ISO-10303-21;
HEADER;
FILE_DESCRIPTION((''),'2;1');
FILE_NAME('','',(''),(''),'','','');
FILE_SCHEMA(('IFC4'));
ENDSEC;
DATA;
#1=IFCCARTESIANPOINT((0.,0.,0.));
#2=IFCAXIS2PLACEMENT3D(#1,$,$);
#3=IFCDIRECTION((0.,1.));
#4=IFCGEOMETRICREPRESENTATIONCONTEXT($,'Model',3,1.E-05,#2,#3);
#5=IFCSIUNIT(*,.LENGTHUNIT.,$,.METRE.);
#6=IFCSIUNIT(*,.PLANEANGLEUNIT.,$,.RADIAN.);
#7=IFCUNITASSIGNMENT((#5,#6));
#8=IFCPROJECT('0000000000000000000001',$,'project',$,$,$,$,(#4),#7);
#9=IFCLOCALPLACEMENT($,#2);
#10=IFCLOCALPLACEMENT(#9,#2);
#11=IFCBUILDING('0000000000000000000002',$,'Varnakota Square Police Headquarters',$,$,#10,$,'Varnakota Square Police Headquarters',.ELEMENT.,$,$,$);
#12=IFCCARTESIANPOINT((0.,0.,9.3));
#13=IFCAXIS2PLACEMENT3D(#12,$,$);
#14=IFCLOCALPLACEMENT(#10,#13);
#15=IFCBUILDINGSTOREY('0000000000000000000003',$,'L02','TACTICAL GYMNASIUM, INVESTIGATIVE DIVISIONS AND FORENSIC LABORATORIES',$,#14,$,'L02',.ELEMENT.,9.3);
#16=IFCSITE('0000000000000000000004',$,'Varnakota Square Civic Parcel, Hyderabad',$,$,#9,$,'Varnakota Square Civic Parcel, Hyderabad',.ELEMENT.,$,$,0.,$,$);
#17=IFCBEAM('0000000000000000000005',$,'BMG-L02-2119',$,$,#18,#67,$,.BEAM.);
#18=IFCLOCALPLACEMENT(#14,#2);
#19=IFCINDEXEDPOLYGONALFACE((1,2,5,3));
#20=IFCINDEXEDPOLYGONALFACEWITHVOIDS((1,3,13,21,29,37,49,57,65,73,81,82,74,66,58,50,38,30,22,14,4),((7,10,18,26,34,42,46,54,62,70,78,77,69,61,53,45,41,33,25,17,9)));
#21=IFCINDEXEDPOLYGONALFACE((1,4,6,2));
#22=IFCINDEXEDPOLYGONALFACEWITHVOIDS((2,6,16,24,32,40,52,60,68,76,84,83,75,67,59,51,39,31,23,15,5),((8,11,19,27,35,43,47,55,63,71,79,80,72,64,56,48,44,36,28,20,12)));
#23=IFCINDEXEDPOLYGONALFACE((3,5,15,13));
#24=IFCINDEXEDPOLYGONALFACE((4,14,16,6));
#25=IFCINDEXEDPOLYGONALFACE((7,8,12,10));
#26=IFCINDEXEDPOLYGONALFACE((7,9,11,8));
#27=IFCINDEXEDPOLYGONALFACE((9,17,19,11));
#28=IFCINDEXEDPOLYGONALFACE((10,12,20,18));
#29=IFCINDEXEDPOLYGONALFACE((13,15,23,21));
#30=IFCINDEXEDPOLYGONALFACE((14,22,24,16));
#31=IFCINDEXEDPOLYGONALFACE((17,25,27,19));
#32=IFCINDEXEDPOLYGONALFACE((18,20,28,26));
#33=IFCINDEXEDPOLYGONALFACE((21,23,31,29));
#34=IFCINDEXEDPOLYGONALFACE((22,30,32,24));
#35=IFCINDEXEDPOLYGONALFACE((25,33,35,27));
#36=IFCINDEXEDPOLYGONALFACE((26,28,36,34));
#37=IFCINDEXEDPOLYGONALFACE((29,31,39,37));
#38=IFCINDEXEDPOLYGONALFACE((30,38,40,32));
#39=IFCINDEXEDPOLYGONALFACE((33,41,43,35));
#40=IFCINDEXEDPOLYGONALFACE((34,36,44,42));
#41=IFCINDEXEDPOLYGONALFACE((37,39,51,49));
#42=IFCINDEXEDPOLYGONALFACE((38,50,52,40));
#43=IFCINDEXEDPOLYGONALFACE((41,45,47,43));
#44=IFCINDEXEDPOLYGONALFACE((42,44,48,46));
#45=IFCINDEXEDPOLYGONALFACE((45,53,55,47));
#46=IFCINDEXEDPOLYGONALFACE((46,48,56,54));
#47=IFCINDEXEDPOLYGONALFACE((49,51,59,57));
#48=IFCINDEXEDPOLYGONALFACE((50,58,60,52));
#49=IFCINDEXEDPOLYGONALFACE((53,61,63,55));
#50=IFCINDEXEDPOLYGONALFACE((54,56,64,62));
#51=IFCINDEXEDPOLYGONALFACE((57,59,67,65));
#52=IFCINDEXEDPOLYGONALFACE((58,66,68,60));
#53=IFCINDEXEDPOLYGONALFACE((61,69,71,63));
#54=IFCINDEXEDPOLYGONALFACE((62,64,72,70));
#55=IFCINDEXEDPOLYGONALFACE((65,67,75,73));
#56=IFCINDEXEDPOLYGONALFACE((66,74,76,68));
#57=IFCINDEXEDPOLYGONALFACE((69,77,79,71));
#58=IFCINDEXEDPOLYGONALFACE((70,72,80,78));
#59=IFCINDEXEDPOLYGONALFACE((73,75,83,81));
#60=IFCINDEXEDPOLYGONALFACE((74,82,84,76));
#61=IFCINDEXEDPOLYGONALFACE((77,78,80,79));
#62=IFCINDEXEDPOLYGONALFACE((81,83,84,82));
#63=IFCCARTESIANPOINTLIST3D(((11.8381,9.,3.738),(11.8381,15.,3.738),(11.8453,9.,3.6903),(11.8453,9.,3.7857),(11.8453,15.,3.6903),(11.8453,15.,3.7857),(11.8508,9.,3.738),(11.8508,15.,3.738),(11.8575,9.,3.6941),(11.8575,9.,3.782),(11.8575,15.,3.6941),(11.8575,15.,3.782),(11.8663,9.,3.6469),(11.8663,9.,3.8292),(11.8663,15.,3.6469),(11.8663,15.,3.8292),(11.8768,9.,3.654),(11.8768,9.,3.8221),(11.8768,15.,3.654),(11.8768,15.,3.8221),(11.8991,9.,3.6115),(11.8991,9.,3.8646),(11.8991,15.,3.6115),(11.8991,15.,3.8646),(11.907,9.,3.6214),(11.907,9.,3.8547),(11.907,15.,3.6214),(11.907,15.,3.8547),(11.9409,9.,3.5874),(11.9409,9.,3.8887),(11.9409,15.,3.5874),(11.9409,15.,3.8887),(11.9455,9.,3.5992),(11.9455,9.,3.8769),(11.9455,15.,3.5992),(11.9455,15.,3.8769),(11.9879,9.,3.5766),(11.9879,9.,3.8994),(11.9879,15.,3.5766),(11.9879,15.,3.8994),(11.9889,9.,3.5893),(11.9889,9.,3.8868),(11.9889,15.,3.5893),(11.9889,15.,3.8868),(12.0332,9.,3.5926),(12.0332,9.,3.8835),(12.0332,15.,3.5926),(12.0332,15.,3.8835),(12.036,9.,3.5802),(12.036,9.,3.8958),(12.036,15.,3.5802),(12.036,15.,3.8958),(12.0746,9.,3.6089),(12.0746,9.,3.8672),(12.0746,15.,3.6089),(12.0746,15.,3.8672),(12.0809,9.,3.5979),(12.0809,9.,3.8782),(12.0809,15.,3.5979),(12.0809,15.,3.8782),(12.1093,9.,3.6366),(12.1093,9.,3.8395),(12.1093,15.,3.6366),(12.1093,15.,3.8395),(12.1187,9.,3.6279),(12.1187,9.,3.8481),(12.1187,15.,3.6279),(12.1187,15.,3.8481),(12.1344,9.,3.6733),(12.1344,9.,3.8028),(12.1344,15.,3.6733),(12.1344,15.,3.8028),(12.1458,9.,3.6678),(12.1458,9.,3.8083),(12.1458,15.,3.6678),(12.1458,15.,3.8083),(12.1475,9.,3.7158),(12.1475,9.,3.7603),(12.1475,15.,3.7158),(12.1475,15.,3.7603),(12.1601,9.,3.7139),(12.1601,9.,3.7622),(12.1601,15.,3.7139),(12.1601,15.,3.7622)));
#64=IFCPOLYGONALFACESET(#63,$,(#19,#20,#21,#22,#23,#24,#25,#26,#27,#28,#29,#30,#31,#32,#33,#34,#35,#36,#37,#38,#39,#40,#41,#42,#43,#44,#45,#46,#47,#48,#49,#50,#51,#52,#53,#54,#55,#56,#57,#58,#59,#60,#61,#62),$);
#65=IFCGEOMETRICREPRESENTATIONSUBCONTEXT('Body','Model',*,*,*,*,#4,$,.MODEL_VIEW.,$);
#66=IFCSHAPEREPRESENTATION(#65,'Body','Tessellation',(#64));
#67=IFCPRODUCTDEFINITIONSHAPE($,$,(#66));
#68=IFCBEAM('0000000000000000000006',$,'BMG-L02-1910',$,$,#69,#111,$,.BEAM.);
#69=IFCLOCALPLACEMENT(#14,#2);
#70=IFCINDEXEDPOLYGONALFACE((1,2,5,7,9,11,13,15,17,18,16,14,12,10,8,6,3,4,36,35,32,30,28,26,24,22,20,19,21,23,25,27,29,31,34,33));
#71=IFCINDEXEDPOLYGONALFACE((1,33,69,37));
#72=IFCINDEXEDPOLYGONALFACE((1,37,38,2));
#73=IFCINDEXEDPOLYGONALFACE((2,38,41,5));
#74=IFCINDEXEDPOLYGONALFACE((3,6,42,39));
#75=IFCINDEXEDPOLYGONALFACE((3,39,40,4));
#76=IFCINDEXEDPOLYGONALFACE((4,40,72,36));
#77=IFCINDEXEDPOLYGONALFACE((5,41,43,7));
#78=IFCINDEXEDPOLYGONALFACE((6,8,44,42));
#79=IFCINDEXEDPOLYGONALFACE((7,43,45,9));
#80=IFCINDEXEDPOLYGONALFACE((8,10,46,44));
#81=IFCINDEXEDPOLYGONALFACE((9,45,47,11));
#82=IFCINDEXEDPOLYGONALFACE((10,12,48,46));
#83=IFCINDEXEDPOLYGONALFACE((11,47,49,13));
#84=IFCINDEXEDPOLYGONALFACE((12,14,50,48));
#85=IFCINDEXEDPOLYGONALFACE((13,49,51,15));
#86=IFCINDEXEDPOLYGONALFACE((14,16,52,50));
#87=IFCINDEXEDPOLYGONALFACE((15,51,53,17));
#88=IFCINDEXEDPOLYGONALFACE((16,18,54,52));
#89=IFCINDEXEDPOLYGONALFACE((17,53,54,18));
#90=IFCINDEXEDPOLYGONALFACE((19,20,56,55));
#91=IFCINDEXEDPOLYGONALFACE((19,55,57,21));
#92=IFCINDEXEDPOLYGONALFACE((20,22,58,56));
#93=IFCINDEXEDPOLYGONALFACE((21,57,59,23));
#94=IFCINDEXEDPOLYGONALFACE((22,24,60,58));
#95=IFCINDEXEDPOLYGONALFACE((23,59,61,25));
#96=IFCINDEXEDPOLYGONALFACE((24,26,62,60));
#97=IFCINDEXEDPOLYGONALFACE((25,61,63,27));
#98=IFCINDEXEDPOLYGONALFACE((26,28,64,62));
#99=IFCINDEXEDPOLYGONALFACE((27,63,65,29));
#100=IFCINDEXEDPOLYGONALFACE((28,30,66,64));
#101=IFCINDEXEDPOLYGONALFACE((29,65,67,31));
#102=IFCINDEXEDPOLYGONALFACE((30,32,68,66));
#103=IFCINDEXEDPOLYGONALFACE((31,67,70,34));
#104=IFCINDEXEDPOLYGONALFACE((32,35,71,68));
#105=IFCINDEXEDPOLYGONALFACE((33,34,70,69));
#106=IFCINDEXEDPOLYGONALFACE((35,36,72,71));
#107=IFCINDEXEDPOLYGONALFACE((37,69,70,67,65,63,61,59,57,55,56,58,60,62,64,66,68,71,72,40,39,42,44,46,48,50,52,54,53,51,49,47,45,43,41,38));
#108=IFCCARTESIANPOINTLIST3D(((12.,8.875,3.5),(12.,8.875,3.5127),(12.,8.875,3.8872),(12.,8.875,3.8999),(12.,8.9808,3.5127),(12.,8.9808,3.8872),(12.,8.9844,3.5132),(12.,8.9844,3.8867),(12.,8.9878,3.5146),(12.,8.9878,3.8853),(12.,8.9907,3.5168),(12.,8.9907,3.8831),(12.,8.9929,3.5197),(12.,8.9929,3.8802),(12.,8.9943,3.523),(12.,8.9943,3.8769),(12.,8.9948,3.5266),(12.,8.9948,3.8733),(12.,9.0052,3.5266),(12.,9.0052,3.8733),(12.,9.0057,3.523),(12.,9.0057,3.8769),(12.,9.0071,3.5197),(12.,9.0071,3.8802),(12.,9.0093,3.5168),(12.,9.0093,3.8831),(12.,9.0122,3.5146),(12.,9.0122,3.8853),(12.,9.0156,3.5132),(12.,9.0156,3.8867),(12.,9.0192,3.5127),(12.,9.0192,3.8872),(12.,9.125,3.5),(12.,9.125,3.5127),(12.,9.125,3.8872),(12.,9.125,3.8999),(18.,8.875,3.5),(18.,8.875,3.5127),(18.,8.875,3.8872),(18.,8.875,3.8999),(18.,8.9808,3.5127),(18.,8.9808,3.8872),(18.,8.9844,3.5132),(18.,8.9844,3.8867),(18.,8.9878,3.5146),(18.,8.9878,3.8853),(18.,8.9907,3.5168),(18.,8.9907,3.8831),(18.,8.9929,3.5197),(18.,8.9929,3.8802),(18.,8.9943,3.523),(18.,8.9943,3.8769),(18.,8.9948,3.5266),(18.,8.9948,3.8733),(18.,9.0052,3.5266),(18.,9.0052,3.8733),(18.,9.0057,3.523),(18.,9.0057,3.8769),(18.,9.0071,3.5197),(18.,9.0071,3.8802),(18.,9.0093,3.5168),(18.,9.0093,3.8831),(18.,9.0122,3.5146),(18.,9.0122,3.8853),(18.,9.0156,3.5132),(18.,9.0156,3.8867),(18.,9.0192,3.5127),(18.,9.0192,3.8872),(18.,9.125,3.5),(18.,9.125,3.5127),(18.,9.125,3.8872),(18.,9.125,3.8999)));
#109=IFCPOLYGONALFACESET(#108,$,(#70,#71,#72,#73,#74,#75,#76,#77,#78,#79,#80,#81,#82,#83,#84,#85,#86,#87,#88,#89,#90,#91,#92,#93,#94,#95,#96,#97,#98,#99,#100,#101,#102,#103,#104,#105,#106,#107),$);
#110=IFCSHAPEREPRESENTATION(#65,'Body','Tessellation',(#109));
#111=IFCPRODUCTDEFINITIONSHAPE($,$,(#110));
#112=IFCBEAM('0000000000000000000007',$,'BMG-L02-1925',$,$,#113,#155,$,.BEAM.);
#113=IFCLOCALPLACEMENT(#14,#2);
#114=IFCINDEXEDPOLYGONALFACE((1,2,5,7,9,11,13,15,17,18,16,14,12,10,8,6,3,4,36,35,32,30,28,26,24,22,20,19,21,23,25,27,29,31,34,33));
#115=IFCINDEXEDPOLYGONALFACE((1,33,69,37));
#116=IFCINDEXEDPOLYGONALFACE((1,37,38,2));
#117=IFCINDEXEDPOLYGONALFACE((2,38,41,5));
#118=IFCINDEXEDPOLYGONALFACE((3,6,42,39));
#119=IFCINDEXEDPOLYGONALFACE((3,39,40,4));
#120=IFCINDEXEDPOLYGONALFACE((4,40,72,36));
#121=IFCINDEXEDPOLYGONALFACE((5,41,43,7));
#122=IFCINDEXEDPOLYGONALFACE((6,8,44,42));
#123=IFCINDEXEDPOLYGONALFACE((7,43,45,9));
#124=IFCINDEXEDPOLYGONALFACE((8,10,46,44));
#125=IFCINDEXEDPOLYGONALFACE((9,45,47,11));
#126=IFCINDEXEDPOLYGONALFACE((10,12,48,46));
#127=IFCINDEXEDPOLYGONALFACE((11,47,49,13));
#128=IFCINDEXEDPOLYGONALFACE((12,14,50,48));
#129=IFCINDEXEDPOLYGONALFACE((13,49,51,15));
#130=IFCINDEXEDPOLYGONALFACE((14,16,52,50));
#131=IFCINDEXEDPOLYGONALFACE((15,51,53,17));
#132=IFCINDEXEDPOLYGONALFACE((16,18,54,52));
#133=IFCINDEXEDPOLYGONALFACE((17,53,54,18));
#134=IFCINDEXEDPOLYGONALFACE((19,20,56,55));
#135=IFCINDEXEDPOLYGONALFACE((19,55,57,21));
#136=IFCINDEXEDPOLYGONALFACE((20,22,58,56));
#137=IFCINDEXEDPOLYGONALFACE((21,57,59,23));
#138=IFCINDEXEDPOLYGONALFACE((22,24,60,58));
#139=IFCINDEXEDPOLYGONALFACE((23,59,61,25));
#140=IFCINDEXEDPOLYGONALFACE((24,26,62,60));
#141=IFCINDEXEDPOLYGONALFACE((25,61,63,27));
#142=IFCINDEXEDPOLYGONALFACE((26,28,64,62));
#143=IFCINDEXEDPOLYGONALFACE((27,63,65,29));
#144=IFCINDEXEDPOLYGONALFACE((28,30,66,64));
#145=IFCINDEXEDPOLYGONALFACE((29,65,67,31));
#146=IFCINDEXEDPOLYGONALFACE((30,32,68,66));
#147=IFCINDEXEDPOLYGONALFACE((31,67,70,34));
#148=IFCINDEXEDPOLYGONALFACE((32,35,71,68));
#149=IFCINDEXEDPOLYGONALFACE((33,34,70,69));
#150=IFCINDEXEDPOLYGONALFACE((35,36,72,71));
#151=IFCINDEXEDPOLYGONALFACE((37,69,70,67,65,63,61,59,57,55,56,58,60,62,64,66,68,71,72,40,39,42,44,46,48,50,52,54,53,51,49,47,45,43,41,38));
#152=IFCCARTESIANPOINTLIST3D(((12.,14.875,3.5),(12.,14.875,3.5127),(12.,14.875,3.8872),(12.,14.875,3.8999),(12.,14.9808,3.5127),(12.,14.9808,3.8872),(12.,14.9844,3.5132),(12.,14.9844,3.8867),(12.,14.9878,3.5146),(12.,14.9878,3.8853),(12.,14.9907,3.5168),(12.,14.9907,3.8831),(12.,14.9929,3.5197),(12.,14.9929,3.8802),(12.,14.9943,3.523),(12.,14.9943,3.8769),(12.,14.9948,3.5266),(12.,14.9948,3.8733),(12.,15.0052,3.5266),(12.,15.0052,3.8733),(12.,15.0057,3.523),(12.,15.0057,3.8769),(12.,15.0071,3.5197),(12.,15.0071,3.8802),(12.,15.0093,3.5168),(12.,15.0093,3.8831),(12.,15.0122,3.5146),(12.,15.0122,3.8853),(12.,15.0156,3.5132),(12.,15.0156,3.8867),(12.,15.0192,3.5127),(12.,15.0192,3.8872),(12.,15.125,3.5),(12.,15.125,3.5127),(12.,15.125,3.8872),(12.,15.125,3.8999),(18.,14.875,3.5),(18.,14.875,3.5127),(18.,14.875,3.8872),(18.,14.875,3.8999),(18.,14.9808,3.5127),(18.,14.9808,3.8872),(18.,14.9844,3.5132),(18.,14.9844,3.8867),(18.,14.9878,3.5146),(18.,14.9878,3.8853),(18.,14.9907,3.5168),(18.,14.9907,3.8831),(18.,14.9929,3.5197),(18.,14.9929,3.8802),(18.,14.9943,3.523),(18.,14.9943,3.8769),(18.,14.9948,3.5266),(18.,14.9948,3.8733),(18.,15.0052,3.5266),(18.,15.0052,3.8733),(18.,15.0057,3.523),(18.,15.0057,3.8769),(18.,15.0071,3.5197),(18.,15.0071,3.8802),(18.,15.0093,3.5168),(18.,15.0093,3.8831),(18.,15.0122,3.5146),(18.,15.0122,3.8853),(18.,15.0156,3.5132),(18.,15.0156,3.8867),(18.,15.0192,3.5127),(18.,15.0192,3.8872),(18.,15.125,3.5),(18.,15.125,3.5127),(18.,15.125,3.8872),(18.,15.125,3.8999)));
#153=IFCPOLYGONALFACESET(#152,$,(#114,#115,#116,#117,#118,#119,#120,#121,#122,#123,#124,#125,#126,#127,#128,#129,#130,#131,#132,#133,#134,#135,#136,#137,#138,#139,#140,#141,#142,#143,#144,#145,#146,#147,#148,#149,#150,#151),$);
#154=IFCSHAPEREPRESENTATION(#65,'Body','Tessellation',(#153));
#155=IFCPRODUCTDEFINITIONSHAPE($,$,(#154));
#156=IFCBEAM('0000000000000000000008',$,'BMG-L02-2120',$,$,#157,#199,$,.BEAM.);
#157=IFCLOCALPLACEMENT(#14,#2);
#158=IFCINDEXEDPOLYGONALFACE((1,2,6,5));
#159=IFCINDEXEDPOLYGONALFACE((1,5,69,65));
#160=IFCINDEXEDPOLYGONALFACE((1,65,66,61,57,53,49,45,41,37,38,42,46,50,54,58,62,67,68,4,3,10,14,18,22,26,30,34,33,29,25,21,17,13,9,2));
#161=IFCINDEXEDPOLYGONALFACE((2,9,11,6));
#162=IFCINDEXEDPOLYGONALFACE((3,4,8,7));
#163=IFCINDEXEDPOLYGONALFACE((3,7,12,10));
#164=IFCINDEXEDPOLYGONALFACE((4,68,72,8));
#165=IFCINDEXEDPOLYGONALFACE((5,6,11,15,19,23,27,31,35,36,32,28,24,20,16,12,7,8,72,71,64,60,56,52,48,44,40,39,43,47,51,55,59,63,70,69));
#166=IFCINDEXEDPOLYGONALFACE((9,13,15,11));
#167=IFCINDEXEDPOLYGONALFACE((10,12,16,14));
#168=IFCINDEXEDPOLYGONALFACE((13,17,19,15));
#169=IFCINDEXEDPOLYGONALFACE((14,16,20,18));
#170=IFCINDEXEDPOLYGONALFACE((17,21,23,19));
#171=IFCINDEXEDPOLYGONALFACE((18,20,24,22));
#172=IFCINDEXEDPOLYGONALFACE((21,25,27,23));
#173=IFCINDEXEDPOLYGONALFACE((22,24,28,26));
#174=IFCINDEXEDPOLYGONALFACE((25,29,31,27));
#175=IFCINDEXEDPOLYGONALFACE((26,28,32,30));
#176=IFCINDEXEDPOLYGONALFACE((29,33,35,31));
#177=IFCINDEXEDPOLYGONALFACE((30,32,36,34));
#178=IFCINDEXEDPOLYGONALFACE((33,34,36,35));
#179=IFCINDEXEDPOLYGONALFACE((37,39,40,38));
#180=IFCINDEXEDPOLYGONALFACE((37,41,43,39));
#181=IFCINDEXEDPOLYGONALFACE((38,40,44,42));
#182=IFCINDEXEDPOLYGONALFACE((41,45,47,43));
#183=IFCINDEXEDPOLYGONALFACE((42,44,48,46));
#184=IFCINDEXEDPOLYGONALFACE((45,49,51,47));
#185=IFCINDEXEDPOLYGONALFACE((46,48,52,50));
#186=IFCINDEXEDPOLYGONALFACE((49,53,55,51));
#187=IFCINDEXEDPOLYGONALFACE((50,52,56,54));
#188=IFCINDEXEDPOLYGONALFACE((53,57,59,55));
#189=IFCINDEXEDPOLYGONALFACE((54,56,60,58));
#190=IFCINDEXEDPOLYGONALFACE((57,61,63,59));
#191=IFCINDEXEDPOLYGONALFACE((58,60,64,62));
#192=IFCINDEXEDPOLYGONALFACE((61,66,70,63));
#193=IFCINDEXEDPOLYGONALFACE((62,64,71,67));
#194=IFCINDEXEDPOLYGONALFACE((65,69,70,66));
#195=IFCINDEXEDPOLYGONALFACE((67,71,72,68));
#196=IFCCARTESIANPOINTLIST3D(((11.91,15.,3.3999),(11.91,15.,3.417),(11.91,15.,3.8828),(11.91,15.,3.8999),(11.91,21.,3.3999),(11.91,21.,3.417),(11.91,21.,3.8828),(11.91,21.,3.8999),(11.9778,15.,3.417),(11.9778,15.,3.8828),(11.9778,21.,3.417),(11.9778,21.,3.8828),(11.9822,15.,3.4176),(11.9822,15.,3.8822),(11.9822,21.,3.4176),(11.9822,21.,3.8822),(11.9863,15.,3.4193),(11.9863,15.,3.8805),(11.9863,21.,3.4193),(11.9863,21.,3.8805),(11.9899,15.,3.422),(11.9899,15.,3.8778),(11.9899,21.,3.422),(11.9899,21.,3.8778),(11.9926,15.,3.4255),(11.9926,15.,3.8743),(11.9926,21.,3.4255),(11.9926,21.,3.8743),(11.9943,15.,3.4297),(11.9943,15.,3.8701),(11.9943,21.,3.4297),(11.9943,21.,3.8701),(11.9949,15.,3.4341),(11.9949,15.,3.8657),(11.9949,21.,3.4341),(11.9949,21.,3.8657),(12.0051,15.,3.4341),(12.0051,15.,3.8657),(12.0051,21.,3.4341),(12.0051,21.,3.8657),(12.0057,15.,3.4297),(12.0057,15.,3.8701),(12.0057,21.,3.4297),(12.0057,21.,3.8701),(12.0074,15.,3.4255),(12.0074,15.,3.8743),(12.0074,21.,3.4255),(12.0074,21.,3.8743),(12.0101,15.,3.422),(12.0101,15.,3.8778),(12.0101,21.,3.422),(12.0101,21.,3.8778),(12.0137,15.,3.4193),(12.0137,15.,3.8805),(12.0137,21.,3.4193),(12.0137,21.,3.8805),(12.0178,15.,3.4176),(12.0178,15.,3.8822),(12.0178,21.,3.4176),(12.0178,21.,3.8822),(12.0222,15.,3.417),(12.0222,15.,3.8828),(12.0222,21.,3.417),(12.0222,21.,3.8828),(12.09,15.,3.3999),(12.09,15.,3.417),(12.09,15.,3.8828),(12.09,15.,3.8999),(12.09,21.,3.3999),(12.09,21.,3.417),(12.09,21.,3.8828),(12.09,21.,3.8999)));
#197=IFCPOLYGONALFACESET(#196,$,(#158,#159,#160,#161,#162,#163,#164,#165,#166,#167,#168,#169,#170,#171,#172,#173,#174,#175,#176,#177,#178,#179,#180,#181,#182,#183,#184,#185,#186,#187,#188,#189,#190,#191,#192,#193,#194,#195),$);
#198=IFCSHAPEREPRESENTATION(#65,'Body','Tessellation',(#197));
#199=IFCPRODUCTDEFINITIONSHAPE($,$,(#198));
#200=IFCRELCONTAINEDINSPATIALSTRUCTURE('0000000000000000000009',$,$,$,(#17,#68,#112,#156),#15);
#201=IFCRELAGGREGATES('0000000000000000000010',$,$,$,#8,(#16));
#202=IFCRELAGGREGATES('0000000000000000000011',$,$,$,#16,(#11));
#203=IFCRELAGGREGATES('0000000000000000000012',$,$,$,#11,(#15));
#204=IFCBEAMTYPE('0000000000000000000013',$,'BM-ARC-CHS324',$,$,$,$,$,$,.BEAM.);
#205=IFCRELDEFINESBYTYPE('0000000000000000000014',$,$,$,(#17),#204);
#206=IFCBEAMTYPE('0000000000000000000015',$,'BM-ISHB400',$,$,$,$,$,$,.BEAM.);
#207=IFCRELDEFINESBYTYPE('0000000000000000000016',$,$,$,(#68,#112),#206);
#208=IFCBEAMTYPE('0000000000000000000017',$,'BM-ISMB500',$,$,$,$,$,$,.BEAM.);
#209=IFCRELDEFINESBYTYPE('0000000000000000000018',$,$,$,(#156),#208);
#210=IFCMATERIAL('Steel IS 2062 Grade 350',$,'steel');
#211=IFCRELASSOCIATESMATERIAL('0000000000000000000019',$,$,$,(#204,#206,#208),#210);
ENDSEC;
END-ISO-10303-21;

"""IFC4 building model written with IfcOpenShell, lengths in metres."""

from ifc_helpers import new_model, si_unit, direction, frame, origin, origin_2d, place, context, subcontext, project, spatial, hollow_circle, i_section, extrude, material, material_profile, profile_set, type_object, element, save


model = new_model("IFC4")

# Units and contexts
model_context = context("Model", 3, precision=1e-05, world=origin(), true_north=direction((0.0, 1.0)))
body_context = subcontext(model_context, "Body", "Model", "MODEL_VIEW")
ifc_project = project(units=[si_unit("LENGTHUNIT", "METRE"), si_unit("PLANEANGLEUNIT", "RADIAN")], contexts=[model_context])

# Site, building, storey
site_placement = place(None, origin())
site = spatial("IfcSite", under=ifc_project, at=site_placement, Name="Varnakota Square Civic Parcel, Hyderabad", LongName="Varnakota Square Civic Parcel, Hyderabad", CompositionType="ELEMENT", RefElevation=0.0)
building_placement = place(site_placement, origin())
building = spatial("IfcBuilding", under=site, at=building_placement, Name="Varnakota Square Police Headquarters", LongName="Varnakota Square Police Headquarters", CompositionType="ELEMENT")
storey_placement = place(building_placement, frame((0.0, 0.0, 9.3)))
storey = spatial("IfcBuildingStorey", under=building, at=storey_placement, Name="L02", Description="TACTICAL GYMNASIUM, INVESTIGATIVE DIVISIONS AND FORENSIC LABORATORIES", LongName="L02", CompositionType="ELEMENT", Elevation=9.3)

# Shared definitions
ifc_material_1 = material(Name="Steel IS 2062 Grade 350", Category="steel")

# Beams
ifc_material_profile_1 = material_profile(ifc_material_1, hollow_circle(Radius=0.1619, WallThickness=0.0127, at=origin_2d()), Name="CHS 323.9x12.7")
ifc_profile_set_1 = profile_set([ifc_material_profile_1], Name="Steel IS 2062 Grade 350")
beam_type_1 = type_object("IfcBeamType", Name="BM-ARC-CHS324", PredefinedType="BEAM", material=ifc_profile_set_1)
beam_1_placement = place(storey_placement, frame((12.0, 9.0, 3.738), z_axis=(0.0, 1.0, 0.0), x_axis=(-1.0, 0.0, 0.0)))
element("IfcBeam", 1, at=beam_1_placement, inside=storey, type_object=beam_type_1, Name="BMG-L02-2119", PredefinedType="BEAM", context=body_context, shape_type="SweptSolid", body=[
    extrude(hollow_circle(Radius=0.1619, WallThickness=0.0127, at=origin_2d()), origin(), (0.0, 0.0, 1.0), 6.0),
])
ifc_material_profile_2 = material_profile(ifc_material_1, i_section(OverallWidth=0.25, OverallDepth=0.3999, WebThickness=0.0105, FlangeThickness=0.0127, FilletRadius=0.0139, at=origin_2d()), Name="ISHB 400")
ifc_profile_set_2 = profile_set([ifc_material_profile_2], Name="Steel IS 2062 Grade 350")
beam_type_2 = type_object("IfcBeamType", Name="BM-ISHB400", PredefinedType="BEAM", material=ifc_profile_set_2)
for number, where, z_axis, x_axis, name in (
    (2, (12.0, 9.0, 3.7), (1.0, 0.0, 0.0), (0.0, 1.0, 0.0), "BMG-L02-1910"),
    (3, (12.0, 15.0, 3.7), (1.0, 0.0, 0.0), (0.0, 1.0, 0.0), "BMG-L02-1925"),
):
    element("IfcBeam", number, at=place(storey_placement, frame(where, z_axis=z_axis, x_axis=x_axis)), inside=storey, type_object=beam_type_2, Name=name, PredefinedType="BEAM", context=body_context, shape_type="SweptSolid", body=[
        extrude(i_section(OverallWidth=0.25, OverallDepth=0.3999, WebThickness=0.0105, FlangeThickness=0.0127, FilletRadius=0.0139, at=origin_2d()), origin(), (0.0, 0.0, 1.0), 6.0),
    ])
ifc_material_profile_3 = material_profile(ifc_material_1, i_section(OverallWidth=0.1799, OverallDepth=0.5, WebThickness=0.0103, FlangeThickness=0.0171, FilletRadius=0.0171, at=origin_2d()), Name="ISMB 500")
ifc_profile_set_3 = profile_set([ifc_material_profile_3], Name="Steel IS 2062 Grade 350")
beam_type_3 = type_object("IfcBeamType", Name="BM-ISMB500", PredefinedType="BEAM", material=ifc_profile_set_3)
beam_2_placement = place(storey_placement, frame((12.0, 15.0, 3.6499), z_axis=(0.0, 1.0, 0.0), x_axis=(-1.0, 0.0, 0.0)))
element("IfcBeam", 4, at=beam_2_placement, inside=storey, type_object=beam_type_3, Name="BMG-L02-2120", PredefinedType="BEAM", context=body_context, shape_type="SweptSolid", body=[
    extrude(i_section(OverallWidth=0.1799, OverallDepth=0.5, WebThickness=0.0103, FlangeThickness=0.0171, FilletRadius=0.0171, at=origin_2d()), origin(), (0.0, 0.0, 1.0), 6.0),
])

save(model, "model.ifc")
